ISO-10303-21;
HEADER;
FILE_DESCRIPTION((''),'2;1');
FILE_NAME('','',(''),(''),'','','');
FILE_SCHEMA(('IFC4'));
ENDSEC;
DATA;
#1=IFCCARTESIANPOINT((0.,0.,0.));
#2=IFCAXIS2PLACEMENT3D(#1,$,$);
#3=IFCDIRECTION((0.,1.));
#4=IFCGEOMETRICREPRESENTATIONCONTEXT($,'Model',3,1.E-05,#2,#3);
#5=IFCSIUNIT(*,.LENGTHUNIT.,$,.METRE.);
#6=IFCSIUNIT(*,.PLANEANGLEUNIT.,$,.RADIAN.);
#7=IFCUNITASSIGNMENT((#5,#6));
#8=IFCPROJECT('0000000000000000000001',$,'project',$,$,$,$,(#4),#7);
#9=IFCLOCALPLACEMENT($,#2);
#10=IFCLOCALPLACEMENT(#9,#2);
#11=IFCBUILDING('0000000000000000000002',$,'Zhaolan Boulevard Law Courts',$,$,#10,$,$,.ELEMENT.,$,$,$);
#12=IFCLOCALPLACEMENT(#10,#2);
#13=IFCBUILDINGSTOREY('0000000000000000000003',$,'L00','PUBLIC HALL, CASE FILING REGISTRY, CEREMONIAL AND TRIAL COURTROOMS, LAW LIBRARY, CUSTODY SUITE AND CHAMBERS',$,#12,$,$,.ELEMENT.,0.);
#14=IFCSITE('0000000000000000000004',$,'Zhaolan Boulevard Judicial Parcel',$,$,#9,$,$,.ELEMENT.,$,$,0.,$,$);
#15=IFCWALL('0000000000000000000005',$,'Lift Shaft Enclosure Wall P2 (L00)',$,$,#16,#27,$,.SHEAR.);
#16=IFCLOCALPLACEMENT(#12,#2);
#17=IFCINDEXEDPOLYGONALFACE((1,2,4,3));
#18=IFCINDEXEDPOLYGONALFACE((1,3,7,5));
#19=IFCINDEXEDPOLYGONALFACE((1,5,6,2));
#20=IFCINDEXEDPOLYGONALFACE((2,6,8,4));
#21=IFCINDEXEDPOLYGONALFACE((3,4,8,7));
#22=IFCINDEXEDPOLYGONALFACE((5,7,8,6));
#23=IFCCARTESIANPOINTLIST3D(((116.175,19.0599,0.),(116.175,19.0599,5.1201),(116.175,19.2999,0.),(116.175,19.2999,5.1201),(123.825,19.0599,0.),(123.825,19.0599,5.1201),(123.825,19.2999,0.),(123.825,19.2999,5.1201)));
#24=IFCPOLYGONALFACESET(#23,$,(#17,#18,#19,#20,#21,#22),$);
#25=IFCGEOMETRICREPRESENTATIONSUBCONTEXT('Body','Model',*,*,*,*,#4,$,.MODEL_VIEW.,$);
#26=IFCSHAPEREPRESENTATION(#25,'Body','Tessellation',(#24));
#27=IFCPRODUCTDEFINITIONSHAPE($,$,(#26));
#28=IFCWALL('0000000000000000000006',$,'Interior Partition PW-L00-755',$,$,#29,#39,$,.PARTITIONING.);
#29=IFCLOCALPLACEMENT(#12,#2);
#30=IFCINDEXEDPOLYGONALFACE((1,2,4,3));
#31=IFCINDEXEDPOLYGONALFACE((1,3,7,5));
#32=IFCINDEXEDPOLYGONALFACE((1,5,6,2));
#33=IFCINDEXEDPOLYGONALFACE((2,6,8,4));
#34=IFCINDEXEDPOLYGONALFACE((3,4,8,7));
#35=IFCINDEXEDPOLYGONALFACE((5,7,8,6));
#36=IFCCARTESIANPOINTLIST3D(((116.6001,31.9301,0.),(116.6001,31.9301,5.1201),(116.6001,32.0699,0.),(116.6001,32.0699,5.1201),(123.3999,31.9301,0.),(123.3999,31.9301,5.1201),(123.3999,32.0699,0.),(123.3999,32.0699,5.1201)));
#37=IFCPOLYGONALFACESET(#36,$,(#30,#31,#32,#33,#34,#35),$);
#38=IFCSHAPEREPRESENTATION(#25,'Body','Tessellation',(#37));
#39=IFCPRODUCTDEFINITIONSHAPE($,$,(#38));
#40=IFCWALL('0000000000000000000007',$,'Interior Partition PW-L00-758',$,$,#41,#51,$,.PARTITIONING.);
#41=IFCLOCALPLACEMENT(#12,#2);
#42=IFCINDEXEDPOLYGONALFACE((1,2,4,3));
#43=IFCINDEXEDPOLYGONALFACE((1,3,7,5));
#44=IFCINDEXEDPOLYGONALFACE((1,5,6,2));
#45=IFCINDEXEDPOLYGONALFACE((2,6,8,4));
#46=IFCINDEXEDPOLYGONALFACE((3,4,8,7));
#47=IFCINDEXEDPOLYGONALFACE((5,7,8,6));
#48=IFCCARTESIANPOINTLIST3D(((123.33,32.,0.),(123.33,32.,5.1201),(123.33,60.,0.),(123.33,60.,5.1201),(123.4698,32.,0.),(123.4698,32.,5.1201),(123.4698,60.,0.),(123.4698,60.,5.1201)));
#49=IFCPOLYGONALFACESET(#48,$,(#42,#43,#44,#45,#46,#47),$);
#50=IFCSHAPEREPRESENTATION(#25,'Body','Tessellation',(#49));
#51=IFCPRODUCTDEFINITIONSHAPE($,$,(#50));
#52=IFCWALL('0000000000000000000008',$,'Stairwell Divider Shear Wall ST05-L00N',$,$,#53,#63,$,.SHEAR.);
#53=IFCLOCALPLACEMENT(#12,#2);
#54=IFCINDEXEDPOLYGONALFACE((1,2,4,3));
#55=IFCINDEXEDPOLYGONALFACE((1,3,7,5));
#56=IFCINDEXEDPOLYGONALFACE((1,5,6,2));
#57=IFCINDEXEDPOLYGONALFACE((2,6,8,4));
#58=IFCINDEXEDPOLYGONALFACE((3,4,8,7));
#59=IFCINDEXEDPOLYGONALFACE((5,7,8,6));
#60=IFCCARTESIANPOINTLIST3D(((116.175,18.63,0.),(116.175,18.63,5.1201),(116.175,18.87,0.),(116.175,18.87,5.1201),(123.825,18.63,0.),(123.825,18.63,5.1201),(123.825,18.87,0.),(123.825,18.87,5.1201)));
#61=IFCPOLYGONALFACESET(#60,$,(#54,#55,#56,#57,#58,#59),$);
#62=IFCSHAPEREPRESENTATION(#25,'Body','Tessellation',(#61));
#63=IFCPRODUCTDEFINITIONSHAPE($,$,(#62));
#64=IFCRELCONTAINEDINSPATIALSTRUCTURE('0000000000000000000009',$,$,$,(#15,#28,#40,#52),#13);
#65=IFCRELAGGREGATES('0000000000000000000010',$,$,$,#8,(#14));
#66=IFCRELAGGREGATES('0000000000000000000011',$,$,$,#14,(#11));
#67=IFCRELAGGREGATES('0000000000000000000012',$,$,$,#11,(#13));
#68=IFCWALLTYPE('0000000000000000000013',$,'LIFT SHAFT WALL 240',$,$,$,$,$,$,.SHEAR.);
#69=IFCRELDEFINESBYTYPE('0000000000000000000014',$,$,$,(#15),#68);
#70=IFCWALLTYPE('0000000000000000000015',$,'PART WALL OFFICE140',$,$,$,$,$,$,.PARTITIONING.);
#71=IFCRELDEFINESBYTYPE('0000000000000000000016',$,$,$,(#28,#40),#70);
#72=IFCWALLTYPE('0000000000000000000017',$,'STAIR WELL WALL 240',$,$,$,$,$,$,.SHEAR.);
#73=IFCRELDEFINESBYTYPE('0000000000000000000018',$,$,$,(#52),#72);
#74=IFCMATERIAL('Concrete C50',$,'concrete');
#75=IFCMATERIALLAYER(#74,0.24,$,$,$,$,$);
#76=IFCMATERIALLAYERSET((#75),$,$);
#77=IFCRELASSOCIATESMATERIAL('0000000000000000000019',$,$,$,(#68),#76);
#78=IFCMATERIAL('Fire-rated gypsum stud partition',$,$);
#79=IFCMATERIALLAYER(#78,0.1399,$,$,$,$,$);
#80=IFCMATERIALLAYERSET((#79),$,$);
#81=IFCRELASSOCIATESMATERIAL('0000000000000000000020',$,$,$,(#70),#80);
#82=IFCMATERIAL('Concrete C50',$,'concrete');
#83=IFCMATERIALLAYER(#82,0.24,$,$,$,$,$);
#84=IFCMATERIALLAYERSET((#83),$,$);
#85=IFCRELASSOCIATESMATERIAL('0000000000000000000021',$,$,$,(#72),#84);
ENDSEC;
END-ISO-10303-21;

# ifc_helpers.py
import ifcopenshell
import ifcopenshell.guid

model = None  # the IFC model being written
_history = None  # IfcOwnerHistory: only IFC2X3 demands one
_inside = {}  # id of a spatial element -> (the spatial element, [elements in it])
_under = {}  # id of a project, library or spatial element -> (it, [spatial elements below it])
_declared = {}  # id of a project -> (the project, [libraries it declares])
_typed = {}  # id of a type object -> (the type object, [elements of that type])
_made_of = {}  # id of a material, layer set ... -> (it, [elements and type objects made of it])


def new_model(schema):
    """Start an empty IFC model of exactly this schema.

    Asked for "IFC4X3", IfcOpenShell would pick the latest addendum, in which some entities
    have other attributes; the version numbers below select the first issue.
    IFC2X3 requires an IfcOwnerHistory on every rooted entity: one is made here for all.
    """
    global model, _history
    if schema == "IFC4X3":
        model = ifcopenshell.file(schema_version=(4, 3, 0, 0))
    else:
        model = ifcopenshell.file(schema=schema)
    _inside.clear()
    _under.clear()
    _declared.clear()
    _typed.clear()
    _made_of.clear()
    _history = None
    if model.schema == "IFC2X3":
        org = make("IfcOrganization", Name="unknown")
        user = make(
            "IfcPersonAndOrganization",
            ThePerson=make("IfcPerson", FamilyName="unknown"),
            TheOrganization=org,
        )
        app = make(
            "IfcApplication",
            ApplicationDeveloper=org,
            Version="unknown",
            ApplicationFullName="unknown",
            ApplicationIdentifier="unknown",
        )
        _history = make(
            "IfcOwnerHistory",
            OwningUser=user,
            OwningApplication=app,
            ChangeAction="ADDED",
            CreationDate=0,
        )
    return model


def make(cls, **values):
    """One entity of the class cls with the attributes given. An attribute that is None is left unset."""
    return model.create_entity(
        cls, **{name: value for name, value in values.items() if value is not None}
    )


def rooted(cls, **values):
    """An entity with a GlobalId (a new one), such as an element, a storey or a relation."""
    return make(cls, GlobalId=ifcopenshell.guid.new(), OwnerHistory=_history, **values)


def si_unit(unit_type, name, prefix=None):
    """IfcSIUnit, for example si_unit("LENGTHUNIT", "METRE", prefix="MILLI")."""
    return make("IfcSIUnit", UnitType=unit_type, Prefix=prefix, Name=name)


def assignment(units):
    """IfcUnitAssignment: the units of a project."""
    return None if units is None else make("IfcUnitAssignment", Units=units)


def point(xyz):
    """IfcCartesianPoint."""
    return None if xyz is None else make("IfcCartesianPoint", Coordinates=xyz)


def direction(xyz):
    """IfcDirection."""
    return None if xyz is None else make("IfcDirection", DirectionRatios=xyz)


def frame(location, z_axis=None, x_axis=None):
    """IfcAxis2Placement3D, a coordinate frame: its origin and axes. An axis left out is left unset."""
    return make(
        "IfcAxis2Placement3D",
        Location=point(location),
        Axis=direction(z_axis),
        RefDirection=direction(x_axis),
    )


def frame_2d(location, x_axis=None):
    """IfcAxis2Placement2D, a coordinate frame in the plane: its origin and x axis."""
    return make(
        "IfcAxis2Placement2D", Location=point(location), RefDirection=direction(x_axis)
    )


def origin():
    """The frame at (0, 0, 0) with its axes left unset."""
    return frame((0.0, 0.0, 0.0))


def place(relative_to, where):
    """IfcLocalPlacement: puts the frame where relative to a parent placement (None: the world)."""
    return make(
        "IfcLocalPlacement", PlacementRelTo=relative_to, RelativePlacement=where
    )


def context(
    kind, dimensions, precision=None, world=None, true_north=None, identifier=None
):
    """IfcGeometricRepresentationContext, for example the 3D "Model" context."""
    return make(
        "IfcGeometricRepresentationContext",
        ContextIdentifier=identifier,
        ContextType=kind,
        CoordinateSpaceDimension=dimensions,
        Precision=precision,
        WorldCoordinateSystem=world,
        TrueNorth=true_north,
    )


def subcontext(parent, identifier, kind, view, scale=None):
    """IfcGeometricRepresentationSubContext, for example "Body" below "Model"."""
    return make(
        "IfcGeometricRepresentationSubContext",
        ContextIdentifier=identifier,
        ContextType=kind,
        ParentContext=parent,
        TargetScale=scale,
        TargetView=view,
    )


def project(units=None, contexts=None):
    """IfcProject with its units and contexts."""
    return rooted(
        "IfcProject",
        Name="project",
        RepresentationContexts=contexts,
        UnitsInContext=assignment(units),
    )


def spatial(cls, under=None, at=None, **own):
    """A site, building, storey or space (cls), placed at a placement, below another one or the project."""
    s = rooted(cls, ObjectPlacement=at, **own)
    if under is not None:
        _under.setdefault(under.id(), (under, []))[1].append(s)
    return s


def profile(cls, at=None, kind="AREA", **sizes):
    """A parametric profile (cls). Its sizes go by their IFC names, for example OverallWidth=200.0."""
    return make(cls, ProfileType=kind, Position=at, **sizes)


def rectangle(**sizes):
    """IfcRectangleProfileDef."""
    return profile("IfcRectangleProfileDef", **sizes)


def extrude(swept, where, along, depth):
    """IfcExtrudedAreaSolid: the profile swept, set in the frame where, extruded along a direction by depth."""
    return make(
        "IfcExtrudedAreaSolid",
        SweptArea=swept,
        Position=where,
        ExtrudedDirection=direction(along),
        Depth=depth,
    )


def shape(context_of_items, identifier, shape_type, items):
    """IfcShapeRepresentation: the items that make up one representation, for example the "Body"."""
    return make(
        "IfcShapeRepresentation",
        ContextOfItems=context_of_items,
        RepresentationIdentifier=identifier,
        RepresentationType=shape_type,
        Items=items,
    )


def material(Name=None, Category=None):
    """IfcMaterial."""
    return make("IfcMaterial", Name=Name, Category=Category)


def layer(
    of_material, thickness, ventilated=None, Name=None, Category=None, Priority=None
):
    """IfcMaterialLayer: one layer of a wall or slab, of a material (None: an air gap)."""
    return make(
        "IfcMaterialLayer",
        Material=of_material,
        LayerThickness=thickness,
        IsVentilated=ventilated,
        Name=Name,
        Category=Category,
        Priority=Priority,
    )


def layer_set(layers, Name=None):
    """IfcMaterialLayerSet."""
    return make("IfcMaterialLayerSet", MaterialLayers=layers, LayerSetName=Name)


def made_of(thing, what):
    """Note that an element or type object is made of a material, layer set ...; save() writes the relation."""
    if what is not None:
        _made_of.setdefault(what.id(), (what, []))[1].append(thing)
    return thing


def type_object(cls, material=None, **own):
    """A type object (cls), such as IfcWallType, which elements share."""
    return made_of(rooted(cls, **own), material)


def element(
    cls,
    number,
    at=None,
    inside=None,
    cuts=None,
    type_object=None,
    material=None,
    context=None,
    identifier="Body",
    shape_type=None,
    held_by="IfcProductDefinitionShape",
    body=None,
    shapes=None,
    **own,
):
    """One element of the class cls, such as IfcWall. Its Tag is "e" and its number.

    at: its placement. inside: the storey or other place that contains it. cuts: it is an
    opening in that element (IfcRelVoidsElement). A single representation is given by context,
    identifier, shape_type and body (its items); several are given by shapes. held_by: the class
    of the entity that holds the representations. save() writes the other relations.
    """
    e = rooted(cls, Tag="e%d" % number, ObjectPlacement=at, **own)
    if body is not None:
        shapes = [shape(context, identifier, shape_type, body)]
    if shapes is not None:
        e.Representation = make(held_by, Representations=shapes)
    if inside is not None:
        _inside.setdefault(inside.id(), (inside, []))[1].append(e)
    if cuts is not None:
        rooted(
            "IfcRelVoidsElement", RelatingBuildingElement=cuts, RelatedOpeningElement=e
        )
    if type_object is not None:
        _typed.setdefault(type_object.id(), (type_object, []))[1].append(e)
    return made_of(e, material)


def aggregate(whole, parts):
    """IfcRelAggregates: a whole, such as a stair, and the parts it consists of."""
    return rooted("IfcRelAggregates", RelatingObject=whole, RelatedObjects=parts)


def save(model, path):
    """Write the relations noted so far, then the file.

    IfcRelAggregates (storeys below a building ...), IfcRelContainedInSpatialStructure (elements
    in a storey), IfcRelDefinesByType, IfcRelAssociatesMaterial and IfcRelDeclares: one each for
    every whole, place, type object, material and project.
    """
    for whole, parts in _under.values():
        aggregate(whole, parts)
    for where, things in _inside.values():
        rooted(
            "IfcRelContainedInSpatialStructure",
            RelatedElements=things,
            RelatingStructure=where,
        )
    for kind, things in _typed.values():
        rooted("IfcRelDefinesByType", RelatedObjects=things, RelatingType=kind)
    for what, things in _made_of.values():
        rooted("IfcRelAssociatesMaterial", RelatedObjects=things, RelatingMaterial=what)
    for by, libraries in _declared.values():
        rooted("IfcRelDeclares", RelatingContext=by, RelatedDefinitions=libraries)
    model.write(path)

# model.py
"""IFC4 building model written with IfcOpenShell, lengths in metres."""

from ifc_helpers import new_model, si_unit, direction, frame, frame_2d, origin, place, context, subcontext, project, spatial, rectangle, extrude, material, layer, layer_set, type_object, element, save


model = new_model("IFC4")

# Units and contexts
model_context = context("Model", 3, precision=1e-05, world=origin(), true_north=direction((0.0, 1.0)))
body_context = subcontext(model_context, "Body", "Model", "MODEL_VIEW")
ifc_project = project(units=[si_unit("LENGTHUNIT", "METRE"), si_unit("PLANEANGLEUNIT", "RADIAN")], contexts=[model_context])

# Site, building, storey
site_placement = place(None, origin())
site = spatial("IfcSite", under=ifc_project, at=site_placement, Name="Zhaolan Boulevard Judicial Parcel", CompositionType="ELEMENT", RefElevation=0.0)
building_placement = place(site_placement, origin())
building = spatial("IfcBuilding", under=site, at=building_placement, Name="Zhaolan Boulevard Law Courts", CompositionType="ELEMENT")
storey_placement = place(building_placement, origin())
storey = spatial("IfcBuildingStorey", under=building, at=storey_placement, Name="L00", Description="PUBLIC HALL, CASE FILING REGISTRY, CEREMONIAL AND TRIAL COURTROOMS, LAW LIBRARY, CUSTODY SUITE AND CHAMBERS", CompositionType="ELEMENT", Elevation=0.0)

# Walls
ifc_material_1 = material(Name="Concrete C50", Category="concrete")
ifc_layer_1 = layer(ifc_material_1, 0.24)
ifc_layer_set_1 = layer_set([ifc_layer_1])
wall_type_1 = type_object("IfcWallType", Name="LIFT SHAFT WALL 240", PredefinedType="SHEAR", material=ifc_layer_set_1)
wall_1_placement = place(storey_placement, frame((116.175, 19.1799, 0.0), z_axis=(0.0, 0.0, 1.0), x_axis=(1.0, 0.0, 0.0)))
element("IfcWall", 1, at=wall_1_placement, inside=storey, type_object=wall_type_1, Name="Lift Shaft Enclosure Wall P2 (L00)", PredefinedType="SHEAR", context=body_context, shape_type="SweptSolid", body=[
    extrude(rectangle(XDim=7.6499, YDim=0.24, at=frame_2d((3.825, 0.0))), origin(), (0.0, 0.0, 1.0), 5.1201),
])
ifc_material_2 = material(Name="Fire-rated gypsum stud partition")
ifc_layer_2 = layer(ifc_material_2, 0.1399)
ifc_layer_set_2 = layer_set([ifc_layer_2])
wall_type_2 = type_object("IfcWallType", Name="PART WALL OFFICE140", PredefinedType="PARTITIONING", material=ifc_layer_set_2)
wall_2_placement = place(storey_placement, frame((116.6001, 32.0, 0.0), z_axis=(0.0, 0.0, 1.0), x_axis=(1.0, 0.0, 0.0)))
element("IfcWall", 2, at=wall_2_placement, inside=storey, type_object=wall_type_2, Name="Interior Partition PW-L00-755", PredefinedType="PARTITIONING", context=body_context, shape_type="SweptSolid", body=[
    extrude(rectangle(XDim=6.7998, YDim=0.1399, at=frame_2d((3.3999, 0.0))), origin(), (0.0, 0.0, 1.0), 5.1201),
])
wall_3_placement = place(storey_placement, frame((123.3999, 32.0, 0.0), z_axis=(0.0, 0.0, 1.0), x_axis=(0.0, 1.0, 0.0)))
element("IfcWall", 3, at=wall_3_placement, inside=storey, type_object=wall_type_2, Name="Interior Partition PW-L00-758", PredefinedType="PARTITIONING", context=body_context, shape_type="SweptSolid", body=[
    extrude(rectangle(XDim=28.0, YDim=0.1399, at=frame_2d((14.0, 0.0))), origin(), (0.0, 0.0, 1.0), 5.1201),
])
ifc_material_3 = material(Name="Concrete C50", Category="concrete")
ifc_layer_3 = layer(ifc_material_3, 0.24)
ifc_layer_set_3 = layer_set([ifc_layer_3])
wall_type_3 = type_object("IfcWallType", Name="STAIR WELL WALL 240", PredefinedType="SHEAR", material=ifc_layer_set_3)
wall_4_placement = place(storey_placement, frame((116.175, 18.75, 0.0), z_axis=(0.0, 0.0, 1.0), x_axis=(1.0, 0.0, 0.0)))
element("IfcWall", 4, at=wall_4_placement, inside=storey, type_object=wall_type_3, Name="Stairwell Divider Shear Wall ST05-L00N", PredefinedType="SHEAR", context=body_context, shape_type="SweptSolid", body=[
    extrude(rectangle(XDim=7.6499, YDim=0.24, at=frame_2d((3.825, 0.0))), origin(), (0.0, 0.0, 1.0), 5.1201),
])

save(model, "model.ifc")
